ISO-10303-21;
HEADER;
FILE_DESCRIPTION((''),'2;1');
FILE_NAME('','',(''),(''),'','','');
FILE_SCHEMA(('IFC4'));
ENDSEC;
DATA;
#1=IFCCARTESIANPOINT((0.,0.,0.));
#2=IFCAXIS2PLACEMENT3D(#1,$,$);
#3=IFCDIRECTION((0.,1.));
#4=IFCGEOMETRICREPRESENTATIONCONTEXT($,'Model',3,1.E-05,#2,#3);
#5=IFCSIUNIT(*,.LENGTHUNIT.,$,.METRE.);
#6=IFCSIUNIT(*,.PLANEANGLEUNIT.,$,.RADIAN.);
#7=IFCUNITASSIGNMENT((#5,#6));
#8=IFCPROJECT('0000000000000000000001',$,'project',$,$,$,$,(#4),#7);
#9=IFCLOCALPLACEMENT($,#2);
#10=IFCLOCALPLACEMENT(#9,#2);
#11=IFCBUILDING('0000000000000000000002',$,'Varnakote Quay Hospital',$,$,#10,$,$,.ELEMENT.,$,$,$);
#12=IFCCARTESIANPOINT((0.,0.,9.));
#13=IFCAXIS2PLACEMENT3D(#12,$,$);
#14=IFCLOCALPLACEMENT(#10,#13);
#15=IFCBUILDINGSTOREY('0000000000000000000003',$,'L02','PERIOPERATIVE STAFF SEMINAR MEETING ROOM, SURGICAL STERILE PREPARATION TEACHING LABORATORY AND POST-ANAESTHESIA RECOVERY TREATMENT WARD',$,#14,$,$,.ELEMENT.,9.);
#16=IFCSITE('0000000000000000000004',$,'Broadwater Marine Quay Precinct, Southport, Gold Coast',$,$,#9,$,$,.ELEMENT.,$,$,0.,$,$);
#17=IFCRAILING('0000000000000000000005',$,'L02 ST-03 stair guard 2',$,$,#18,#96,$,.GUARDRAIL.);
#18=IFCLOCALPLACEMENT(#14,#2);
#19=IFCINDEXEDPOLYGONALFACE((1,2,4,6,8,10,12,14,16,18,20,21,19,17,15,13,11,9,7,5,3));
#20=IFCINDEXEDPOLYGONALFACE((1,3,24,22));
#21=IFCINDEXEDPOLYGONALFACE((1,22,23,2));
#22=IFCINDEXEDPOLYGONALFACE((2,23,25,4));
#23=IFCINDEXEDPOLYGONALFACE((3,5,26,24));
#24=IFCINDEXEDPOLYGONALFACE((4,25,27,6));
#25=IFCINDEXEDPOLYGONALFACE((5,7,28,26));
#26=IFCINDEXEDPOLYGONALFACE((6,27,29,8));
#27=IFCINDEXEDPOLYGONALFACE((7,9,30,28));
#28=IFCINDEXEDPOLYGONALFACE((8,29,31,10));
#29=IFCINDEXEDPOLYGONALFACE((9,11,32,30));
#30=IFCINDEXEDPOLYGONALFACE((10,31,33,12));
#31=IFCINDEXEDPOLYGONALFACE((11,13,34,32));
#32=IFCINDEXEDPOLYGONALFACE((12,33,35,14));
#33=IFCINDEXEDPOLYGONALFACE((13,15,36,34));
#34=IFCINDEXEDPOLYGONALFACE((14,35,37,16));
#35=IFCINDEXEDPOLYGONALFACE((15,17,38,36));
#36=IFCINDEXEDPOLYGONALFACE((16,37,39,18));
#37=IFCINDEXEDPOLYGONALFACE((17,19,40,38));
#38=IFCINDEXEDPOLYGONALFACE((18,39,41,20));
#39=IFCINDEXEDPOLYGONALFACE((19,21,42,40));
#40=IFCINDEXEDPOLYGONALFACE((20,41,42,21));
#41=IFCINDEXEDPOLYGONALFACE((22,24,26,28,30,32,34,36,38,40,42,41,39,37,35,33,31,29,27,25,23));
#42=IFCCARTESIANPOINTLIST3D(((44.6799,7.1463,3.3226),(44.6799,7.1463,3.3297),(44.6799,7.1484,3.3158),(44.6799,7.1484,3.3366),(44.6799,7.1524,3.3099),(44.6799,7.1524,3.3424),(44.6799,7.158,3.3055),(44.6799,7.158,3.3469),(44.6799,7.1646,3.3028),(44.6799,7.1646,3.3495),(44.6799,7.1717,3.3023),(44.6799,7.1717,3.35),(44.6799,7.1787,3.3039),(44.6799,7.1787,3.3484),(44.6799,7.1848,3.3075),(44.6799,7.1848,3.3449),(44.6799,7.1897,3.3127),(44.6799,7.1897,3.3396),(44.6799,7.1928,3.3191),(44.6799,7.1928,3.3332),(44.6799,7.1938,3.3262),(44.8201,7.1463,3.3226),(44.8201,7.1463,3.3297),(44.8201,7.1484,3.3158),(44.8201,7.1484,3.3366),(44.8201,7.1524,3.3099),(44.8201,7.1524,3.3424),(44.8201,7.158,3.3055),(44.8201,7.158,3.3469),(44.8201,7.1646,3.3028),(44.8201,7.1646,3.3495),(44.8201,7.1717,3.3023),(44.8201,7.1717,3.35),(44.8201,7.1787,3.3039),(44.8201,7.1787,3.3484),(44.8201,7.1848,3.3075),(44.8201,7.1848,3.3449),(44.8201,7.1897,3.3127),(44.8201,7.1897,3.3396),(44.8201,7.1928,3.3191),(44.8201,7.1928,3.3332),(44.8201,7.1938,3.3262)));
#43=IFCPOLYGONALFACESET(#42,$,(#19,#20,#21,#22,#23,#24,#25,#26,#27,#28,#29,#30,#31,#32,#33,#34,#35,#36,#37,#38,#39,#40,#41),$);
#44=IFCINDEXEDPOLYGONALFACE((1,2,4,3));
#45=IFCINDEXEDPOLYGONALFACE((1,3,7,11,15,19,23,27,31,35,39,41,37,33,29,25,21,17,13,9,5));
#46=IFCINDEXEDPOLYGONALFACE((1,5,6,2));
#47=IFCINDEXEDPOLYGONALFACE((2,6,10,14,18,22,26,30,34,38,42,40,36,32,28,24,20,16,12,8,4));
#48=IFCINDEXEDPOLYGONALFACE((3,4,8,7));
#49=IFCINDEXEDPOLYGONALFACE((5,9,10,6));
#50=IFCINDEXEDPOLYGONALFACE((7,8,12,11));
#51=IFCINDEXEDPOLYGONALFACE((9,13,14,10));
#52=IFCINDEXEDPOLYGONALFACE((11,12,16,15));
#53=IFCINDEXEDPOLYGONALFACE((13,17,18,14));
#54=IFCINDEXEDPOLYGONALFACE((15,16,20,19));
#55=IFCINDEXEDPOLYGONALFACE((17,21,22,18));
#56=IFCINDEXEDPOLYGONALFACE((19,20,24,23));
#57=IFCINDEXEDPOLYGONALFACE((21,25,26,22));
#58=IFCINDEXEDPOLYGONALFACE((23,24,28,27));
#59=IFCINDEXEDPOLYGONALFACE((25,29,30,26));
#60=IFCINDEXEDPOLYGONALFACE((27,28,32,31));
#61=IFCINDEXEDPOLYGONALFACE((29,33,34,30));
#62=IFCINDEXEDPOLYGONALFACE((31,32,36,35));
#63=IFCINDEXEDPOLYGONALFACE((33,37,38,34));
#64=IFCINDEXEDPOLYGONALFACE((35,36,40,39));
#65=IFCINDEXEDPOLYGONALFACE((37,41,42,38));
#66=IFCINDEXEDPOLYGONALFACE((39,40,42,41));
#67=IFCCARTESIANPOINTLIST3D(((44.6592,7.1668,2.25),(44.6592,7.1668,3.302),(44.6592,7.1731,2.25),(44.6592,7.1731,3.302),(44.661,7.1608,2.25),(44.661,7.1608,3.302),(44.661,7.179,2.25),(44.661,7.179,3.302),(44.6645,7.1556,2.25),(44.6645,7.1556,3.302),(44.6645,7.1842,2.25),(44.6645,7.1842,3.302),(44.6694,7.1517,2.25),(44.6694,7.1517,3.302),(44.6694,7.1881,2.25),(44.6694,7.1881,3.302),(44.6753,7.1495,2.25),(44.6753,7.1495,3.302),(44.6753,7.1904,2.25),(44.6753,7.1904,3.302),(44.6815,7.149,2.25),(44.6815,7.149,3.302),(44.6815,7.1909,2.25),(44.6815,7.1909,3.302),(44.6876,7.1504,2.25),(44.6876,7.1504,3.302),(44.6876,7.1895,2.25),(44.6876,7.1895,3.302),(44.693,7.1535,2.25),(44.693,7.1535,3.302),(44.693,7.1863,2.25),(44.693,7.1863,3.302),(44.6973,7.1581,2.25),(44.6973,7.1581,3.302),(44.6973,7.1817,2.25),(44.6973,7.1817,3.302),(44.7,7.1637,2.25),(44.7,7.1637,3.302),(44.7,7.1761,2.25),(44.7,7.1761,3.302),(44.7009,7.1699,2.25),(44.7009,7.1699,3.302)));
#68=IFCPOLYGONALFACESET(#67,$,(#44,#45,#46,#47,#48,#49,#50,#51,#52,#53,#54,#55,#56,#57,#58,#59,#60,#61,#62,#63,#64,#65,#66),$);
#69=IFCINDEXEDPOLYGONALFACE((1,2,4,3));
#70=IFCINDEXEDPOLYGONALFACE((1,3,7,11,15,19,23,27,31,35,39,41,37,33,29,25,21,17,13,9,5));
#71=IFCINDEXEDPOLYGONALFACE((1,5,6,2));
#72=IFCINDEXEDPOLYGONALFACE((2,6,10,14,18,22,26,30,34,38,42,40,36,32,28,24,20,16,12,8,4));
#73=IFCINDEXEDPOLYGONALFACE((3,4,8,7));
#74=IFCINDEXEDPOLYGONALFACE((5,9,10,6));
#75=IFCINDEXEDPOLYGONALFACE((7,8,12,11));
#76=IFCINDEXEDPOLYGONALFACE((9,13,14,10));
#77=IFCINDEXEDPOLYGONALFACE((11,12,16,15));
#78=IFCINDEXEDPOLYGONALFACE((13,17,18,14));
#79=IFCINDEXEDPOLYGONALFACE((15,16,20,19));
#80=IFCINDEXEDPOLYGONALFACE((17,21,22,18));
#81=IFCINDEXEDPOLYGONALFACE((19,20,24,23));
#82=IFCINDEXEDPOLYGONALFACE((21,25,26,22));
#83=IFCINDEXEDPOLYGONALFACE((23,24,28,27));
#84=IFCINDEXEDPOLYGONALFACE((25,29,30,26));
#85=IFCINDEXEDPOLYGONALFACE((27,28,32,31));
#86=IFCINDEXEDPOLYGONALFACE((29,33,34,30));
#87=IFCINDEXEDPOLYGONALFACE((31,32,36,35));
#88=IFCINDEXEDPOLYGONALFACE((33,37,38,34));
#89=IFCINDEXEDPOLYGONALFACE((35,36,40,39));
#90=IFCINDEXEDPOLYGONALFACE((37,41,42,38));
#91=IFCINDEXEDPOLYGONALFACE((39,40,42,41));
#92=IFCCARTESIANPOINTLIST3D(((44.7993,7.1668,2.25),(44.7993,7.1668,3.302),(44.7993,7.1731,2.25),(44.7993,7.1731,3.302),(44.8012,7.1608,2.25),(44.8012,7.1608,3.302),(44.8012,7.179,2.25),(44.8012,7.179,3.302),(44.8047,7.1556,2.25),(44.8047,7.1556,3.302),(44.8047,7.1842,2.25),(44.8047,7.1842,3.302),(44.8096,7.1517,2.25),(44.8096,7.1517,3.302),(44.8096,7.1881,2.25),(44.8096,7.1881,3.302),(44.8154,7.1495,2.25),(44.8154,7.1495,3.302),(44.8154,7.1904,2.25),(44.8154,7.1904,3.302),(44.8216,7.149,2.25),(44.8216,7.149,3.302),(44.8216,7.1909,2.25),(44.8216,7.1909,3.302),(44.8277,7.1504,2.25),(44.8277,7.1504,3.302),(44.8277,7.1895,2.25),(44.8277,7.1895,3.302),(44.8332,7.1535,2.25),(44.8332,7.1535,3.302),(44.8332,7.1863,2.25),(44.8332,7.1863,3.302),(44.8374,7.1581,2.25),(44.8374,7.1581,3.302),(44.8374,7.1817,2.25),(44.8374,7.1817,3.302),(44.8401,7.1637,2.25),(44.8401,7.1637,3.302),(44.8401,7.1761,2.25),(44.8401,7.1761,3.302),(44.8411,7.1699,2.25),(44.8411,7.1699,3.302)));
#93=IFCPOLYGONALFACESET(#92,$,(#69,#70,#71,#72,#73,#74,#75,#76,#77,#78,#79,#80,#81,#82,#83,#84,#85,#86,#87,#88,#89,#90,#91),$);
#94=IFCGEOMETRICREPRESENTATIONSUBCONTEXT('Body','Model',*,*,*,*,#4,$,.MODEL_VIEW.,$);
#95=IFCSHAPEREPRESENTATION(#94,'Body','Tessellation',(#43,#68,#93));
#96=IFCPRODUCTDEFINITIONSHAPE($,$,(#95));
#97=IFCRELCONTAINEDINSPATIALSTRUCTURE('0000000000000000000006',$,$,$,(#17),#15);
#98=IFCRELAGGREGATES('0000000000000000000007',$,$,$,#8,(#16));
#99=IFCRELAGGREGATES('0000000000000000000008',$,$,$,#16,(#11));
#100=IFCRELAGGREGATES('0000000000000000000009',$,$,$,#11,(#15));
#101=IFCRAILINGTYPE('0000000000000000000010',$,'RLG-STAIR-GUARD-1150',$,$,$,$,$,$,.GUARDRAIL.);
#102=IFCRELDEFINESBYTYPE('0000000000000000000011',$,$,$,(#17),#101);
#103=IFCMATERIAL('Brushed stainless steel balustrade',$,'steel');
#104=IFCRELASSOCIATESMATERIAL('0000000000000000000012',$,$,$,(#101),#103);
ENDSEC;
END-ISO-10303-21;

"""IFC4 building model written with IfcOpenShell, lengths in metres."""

from ifc_helpers import new_model, si_unit, direction, frame, origin, origin_2d, place, context, subcontext, project, spatial, circle, extrude, material, type_object, element, save


model = new_model("IFC4")

# Units and contexts
model_context = context("Model", 3, precision=1e-05, world=origin(), true_north=direction((0.0, 1.0)))
body_context = subcontext(model_context, "Body", "Model", "MODEL_VIEW")
ifc_project = project(units=[si_unit("LENGTHUNIT", "METRE"), si_unit("PLANEANGLEUNIT", "RADIAN")], contexts=[model_context])

# Site, building, storey
site_placement = place(None, origin())
site = spatial("IfcSite", under=ifc_project, at=site_placement, Name="Broadwater Marine Quay Precinct, Southport, Gold Coast", CompositionType="ELEMENT", RefElevation=0.0)
building_placement = place(site_placement, origin())
building = spatial("IfcBuilding", under=site, at=building_placement, Name="Varnakote Quay Hospital", CompositionType="ELEMENT")
storey_placement = place(building_placement, frame((0.0, 0.0, 9.0)))
storey = spatial("IfcBuildingStorey", under=building, at=storey_placement, Name="L02", Description="PERIOPERATIVE STAFF SEMINAR MEETING ROOM, SURGICAL STERILE PREPARATION TEACHING LABORATORY AND POST-ANAESTHESIA RECOVERY TREATMENT WARD", CompositionType="ELEMENT", Elevation=9.0)

# Railing
ifc_material_1 = material(Name="Brushed stainless steel balustrade", Category="steel")
railing_type_1 = type_object("IfcRailingType", Name="RLG-STAIR-GUARD-1150", PredefinedType="GUARDRAIL", material=ifc_material_1)
railing_1_placement = place(storey_placement, frame((44.6799, 7.1699, 2.25)))
element("IfcRailing", 1, at=railing_1_placement, inside=storey, type_object=railing_type_1, Name="L02 ST-03 stair guard 2", PredefinedType="GUARDRAIL", context=body_context, shape_type="SweptSolid", body=[
    extrude(circle(Radius=0.0239, at=origin_2d()), frame((0.0, 0.0, 1.0762), z_axis=(1.0, 0.0, 0.0), x_axis=(0.0, 1.0, 0.0)), (0.0, 0.0, 1.0), 0.1401),
    extrude(circle(Radius=0.021, at=origin_2d()), origin(), (0.0, 0.0, 1.0), 1.052),
    extrude(circle(Radius=0.021, at=origin_2d()), frame((0.1401, 0.0, 0.0)), (0.0, 0.0, 1.0), 1.052),
])

save(model, "model.ifc")
